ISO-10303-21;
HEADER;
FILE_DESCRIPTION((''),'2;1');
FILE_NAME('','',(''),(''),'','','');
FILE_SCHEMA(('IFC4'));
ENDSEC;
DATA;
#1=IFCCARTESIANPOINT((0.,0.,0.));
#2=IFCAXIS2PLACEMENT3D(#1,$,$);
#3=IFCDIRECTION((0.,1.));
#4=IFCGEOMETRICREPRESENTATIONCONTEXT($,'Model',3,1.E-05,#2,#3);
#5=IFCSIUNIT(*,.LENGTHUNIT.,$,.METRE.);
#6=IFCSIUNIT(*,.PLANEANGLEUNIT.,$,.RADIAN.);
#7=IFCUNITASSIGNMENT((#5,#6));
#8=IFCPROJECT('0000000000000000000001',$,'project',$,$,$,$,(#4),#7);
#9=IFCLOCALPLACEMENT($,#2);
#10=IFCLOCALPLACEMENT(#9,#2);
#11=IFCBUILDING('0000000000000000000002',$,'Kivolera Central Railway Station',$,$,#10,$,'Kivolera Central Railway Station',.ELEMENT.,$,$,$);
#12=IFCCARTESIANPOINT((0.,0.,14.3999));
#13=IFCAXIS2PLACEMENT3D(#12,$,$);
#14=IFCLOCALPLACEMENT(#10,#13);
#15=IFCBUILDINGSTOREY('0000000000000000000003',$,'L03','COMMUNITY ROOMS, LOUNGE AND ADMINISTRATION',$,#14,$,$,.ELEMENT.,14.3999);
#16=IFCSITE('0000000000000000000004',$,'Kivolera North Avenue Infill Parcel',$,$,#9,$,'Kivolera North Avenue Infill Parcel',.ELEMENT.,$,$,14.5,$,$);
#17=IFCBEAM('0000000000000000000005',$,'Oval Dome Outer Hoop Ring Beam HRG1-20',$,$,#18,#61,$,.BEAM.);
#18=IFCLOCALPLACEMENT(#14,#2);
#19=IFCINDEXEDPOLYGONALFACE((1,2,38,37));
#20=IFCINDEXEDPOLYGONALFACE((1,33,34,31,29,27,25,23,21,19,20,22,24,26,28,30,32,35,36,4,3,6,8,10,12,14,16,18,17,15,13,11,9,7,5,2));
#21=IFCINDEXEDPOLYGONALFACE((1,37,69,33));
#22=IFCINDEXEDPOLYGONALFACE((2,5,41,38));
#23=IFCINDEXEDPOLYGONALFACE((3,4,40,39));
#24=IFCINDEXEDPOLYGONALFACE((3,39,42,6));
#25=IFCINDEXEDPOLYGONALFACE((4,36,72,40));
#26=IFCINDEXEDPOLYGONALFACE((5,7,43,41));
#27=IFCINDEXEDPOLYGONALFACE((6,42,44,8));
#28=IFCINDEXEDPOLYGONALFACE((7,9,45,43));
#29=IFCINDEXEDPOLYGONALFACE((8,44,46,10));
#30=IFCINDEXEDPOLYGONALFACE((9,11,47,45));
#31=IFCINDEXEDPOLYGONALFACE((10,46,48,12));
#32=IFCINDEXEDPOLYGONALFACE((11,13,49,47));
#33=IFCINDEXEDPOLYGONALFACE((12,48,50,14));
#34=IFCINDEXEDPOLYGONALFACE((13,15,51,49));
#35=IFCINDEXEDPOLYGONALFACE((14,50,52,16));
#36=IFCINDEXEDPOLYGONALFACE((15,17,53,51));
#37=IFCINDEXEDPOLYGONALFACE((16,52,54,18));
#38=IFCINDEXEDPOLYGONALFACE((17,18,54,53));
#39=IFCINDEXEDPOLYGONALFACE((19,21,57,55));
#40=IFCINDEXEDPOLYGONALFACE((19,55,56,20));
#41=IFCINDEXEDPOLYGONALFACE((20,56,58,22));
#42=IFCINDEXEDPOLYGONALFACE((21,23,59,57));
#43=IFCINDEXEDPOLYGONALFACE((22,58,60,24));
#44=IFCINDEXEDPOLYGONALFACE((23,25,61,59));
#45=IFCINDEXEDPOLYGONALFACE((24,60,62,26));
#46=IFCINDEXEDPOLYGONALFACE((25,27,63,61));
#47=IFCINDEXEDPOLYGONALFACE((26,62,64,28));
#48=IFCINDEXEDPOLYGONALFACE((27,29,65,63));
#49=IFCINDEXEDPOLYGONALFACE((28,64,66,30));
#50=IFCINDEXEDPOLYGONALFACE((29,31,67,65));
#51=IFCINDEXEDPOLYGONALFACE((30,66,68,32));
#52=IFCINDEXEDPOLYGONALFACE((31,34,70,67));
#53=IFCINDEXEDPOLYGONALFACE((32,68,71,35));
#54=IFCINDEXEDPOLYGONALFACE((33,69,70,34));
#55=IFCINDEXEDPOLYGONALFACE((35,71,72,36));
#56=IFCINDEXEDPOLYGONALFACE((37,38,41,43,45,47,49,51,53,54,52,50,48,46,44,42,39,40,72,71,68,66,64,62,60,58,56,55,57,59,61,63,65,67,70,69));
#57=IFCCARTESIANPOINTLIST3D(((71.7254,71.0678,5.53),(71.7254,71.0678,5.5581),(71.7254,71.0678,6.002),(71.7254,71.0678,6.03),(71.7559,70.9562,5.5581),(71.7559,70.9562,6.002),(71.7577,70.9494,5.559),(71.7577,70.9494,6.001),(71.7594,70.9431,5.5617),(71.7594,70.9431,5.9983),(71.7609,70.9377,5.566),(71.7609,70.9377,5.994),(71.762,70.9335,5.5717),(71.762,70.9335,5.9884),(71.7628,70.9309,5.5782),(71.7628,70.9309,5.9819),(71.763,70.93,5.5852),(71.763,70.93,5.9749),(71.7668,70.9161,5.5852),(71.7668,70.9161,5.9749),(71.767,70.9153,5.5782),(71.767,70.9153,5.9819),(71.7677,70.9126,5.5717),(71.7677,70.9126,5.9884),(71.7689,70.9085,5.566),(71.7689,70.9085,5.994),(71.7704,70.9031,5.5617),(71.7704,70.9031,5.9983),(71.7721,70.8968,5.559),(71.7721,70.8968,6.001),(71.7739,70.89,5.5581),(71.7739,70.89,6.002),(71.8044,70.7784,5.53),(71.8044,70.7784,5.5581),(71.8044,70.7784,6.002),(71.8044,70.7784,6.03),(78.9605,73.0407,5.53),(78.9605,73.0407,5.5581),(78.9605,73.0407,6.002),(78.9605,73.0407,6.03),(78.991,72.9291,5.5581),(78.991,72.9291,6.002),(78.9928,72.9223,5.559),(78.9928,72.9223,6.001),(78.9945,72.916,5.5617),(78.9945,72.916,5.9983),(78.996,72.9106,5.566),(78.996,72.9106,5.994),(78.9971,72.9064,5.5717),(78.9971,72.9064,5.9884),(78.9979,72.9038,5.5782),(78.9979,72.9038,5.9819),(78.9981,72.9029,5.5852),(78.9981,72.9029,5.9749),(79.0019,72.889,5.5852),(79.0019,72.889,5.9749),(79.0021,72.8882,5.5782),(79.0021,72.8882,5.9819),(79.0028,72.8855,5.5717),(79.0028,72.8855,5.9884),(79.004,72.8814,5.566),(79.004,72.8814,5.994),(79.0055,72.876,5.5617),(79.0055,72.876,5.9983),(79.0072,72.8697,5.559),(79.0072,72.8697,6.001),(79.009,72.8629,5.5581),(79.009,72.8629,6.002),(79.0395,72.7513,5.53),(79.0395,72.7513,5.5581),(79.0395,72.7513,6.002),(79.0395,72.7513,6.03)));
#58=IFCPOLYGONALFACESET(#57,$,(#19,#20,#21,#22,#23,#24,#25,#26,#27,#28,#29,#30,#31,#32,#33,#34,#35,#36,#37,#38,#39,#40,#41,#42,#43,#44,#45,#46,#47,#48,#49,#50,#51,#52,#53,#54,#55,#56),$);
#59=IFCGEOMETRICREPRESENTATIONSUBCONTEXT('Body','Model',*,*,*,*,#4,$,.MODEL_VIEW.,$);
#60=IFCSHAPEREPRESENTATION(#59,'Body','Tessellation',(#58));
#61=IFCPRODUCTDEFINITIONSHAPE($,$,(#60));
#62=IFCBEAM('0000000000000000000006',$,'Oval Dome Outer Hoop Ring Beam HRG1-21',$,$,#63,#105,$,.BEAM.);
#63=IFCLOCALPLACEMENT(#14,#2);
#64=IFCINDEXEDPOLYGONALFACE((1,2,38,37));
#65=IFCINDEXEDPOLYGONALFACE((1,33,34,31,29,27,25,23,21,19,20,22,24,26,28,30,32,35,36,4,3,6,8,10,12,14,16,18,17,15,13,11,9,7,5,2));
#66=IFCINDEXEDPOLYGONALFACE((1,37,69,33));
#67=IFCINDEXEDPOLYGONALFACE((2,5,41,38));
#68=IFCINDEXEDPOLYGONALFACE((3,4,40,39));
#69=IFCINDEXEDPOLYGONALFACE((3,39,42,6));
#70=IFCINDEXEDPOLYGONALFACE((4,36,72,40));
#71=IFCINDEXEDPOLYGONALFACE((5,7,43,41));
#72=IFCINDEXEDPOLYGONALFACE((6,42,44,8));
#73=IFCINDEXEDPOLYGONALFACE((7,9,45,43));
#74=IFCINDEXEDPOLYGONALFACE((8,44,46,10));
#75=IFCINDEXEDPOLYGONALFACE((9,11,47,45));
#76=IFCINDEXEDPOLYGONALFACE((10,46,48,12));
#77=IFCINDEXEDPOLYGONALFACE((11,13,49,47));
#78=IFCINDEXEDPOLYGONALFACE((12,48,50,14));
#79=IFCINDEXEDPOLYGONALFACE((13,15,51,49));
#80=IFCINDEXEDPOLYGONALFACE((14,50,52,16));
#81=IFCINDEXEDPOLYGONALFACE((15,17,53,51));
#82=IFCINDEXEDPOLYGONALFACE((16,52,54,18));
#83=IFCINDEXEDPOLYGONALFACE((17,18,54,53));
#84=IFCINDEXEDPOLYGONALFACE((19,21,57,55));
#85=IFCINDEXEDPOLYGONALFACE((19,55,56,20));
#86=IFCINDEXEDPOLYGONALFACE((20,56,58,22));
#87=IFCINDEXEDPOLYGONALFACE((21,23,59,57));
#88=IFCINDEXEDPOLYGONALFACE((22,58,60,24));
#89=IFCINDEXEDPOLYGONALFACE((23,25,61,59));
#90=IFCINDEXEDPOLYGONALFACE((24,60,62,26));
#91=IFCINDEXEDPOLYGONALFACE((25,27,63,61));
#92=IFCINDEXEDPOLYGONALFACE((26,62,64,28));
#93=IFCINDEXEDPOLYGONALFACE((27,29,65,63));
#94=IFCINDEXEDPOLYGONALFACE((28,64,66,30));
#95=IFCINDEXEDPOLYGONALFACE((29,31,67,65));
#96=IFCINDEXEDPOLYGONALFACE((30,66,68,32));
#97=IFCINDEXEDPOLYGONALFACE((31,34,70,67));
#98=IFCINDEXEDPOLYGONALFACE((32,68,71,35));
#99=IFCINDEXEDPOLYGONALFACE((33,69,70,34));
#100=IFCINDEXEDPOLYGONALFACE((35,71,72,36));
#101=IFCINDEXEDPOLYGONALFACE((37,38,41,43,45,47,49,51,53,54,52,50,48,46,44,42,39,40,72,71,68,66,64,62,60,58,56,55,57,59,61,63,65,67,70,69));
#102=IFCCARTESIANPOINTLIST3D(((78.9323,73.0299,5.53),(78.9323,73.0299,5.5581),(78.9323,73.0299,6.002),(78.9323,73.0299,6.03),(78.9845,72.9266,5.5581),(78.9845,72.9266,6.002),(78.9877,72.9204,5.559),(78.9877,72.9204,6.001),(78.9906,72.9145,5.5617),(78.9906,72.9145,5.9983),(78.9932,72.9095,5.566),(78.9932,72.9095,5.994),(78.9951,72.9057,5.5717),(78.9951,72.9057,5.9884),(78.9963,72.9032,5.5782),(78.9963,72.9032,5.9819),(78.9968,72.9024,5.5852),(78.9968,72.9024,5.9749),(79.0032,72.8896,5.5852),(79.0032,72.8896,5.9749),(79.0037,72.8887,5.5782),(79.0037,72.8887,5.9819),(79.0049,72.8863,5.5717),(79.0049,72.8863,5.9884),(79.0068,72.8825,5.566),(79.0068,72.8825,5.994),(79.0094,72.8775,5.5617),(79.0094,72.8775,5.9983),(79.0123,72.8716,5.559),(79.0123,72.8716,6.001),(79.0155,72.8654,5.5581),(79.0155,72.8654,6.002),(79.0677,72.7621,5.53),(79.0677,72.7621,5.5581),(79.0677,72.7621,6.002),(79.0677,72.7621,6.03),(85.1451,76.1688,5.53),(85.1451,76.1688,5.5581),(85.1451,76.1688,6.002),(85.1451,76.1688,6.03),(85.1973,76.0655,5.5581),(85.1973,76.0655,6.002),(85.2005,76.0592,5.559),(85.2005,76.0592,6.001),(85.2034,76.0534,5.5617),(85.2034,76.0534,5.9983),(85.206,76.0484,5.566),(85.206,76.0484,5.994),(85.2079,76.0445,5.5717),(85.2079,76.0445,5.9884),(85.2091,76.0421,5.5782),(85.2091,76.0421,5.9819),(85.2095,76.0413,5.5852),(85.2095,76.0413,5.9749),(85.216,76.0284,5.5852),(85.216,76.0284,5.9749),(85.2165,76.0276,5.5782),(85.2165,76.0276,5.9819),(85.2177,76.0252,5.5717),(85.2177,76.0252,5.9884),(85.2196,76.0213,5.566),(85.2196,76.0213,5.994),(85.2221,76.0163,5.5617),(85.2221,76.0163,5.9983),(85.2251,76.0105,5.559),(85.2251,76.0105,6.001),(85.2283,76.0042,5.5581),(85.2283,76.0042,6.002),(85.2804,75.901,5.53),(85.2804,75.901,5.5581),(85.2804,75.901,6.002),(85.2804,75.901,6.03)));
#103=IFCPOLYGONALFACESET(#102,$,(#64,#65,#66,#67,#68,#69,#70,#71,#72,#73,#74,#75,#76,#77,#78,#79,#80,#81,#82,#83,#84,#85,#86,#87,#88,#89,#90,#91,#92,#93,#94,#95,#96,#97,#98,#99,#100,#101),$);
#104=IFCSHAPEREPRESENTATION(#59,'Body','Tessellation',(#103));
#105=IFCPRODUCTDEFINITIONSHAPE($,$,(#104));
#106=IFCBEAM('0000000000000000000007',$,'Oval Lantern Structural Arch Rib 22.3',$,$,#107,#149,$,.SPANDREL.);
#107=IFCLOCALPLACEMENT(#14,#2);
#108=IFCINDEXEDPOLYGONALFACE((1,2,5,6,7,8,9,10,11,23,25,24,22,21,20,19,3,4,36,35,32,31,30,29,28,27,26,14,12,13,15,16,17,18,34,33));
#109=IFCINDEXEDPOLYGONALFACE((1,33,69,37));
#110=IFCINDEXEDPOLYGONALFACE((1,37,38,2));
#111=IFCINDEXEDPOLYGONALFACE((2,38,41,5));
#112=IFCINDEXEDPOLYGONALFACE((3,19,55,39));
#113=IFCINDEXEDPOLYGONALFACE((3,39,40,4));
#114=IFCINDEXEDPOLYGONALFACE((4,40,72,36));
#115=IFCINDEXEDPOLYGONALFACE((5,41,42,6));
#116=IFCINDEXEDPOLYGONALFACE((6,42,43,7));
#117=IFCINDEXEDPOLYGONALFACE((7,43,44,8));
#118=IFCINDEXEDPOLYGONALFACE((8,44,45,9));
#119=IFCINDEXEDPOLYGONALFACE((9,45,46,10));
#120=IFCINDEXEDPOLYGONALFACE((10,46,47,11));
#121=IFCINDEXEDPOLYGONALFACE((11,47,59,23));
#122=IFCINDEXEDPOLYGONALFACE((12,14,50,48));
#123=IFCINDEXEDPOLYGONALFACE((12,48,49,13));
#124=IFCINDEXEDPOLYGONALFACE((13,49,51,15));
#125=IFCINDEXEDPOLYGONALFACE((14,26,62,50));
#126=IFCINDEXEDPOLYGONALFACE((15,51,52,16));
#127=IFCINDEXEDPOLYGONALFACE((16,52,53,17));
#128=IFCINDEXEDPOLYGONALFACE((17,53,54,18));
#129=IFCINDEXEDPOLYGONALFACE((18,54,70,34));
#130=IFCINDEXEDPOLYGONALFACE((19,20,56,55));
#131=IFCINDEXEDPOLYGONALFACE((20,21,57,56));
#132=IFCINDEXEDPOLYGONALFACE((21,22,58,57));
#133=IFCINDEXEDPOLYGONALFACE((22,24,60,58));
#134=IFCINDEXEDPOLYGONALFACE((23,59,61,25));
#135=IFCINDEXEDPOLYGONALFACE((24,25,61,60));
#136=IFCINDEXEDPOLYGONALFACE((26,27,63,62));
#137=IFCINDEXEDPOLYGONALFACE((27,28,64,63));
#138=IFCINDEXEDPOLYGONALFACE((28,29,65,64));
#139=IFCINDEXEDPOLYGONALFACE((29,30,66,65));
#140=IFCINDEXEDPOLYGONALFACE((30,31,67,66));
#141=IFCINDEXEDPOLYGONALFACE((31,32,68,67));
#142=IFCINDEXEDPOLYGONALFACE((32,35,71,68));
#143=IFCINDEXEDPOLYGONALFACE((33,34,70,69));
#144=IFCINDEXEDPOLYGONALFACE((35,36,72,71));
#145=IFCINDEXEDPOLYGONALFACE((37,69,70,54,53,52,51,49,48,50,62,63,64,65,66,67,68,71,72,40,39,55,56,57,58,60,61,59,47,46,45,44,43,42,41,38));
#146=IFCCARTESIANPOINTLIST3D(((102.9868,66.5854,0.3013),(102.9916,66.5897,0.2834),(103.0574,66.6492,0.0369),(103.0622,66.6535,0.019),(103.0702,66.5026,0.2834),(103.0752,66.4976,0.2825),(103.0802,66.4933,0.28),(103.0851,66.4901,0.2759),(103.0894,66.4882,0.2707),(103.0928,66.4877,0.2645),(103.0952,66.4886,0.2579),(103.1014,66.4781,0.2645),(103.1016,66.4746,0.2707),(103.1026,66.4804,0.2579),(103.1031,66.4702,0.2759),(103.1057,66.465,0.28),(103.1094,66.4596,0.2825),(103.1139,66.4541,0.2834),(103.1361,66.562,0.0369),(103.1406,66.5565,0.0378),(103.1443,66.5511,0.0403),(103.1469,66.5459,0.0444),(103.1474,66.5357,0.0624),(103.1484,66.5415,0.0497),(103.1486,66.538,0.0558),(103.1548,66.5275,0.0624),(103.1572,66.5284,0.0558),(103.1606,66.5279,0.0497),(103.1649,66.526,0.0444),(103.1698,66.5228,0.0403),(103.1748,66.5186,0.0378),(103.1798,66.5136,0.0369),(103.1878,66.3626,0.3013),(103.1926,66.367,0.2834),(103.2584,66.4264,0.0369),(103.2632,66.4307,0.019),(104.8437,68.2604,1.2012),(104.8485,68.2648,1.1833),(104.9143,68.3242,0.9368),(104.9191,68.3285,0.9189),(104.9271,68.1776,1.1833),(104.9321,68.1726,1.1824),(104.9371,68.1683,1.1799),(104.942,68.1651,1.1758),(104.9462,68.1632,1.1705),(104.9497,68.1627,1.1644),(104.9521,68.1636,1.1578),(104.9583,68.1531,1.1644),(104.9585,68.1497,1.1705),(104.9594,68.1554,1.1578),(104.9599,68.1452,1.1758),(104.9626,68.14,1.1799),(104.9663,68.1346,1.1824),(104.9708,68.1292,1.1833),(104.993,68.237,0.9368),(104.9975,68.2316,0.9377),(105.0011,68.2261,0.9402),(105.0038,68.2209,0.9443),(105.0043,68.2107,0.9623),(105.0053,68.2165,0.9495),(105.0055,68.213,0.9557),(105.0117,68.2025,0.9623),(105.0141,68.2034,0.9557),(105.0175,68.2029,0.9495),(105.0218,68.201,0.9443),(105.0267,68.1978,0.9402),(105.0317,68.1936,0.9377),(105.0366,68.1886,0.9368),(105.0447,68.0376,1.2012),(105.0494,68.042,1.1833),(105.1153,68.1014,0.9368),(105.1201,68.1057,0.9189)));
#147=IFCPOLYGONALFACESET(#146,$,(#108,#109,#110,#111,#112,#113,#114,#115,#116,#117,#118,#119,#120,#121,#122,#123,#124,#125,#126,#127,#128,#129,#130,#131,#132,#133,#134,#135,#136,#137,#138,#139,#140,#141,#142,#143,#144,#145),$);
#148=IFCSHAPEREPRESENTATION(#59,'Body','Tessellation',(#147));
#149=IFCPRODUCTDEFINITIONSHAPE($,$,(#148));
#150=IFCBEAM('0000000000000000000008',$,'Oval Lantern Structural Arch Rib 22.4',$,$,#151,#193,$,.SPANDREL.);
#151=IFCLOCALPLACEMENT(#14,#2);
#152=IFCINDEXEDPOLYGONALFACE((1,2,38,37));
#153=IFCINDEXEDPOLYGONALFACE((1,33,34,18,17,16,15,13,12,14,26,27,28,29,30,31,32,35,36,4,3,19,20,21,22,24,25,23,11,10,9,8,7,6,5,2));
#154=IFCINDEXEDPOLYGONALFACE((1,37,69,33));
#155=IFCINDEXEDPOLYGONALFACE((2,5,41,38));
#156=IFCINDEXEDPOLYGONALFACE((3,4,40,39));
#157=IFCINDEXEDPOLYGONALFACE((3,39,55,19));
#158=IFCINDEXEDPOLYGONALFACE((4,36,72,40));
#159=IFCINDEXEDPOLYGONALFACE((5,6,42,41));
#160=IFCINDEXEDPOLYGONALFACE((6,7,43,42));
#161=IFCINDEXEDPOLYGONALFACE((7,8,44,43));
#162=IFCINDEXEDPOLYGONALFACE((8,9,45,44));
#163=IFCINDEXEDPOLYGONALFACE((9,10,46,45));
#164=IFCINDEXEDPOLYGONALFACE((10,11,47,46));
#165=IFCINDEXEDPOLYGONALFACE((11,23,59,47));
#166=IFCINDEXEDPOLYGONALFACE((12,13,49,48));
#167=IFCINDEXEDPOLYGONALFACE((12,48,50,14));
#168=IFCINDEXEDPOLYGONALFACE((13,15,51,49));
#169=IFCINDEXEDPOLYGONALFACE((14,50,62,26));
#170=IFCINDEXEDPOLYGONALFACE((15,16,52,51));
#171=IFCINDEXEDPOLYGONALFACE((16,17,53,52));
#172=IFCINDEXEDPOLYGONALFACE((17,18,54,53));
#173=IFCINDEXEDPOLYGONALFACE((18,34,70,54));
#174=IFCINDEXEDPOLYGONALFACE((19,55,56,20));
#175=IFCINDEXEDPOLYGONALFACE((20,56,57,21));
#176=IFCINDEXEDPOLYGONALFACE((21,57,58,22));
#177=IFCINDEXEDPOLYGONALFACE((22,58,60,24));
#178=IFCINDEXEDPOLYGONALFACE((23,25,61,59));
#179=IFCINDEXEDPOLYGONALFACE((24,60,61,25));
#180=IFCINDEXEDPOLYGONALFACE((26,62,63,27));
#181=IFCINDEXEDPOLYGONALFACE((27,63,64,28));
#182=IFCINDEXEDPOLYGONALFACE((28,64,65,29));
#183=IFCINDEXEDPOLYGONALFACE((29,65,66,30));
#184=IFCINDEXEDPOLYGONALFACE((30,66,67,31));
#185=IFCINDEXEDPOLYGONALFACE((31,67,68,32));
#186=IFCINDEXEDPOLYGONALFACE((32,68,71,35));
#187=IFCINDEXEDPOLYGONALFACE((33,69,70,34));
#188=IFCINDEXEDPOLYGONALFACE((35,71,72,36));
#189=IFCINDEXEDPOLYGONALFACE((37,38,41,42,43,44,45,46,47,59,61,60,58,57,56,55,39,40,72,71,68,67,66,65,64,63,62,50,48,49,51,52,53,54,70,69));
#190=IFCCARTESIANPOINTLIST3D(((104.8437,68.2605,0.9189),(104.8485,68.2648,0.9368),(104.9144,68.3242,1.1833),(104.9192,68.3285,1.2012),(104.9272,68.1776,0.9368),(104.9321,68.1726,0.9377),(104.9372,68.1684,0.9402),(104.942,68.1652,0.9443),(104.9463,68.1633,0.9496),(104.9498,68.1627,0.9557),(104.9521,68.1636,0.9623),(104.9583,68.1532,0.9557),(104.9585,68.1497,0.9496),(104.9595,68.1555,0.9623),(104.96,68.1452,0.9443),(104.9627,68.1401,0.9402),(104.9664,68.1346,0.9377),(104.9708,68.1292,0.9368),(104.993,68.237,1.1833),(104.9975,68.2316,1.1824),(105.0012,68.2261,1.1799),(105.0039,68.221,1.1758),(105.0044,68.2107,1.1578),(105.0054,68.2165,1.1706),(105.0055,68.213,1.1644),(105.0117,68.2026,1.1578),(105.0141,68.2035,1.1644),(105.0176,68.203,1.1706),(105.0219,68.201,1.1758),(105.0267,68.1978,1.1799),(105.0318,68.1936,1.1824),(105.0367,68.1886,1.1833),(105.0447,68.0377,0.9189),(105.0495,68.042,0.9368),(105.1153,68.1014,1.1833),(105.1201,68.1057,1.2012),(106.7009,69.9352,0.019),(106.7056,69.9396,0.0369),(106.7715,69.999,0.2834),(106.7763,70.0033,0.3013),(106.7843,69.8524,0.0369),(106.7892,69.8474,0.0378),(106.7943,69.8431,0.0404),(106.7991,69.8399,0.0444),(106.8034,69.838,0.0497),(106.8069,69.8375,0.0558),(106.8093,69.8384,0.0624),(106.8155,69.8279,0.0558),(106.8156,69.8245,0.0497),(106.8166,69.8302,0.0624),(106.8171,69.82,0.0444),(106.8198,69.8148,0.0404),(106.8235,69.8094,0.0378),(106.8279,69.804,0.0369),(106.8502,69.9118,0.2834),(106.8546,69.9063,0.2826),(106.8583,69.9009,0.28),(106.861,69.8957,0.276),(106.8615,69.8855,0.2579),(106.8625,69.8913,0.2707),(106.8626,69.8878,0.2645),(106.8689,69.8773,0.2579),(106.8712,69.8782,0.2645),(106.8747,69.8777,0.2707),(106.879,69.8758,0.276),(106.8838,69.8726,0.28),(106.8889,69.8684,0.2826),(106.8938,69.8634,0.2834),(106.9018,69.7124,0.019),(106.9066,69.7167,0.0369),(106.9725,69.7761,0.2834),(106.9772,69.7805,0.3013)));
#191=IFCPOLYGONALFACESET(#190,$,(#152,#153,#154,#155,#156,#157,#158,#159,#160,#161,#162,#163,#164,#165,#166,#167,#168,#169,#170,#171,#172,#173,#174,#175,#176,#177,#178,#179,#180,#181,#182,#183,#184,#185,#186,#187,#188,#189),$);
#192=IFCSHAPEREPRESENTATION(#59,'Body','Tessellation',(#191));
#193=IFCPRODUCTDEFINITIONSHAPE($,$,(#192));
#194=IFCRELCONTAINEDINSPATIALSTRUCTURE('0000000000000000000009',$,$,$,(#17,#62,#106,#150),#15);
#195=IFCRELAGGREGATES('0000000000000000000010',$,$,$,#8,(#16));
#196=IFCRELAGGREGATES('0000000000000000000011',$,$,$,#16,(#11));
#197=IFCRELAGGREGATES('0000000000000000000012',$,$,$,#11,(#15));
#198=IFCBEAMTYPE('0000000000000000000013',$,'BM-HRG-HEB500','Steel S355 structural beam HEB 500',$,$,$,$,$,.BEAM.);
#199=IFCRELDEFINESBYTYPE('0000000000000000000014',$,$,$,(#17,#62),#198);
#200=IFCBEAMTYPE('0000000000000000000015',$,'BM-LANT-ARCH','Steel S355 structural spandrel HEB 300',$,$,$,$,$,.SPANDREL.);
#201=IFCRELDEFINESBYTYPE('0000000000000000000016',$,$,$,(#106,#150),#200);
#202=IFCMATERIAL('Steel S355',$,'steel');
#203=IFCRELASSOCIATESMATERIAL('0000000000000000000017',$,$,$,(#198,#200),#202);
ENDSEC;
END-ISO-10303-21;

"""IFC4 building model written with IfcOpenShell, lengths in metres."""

from ifc_helpers import new_model, si_unit, direction, frame, origin, origin_2d, place, context, subcontext, project, spatial, i_section, extrude, material, material_profile, profile_set, type_object, element, save


model = new_model("IFC4")

# Units and contexts
model_context = context("Model", 3, precision=1e-05, world=origin(), true_north=direction((0.0, 1.0)))
body_context = subcontext(model_context, "Body", "Model", "MODEL_VIEW")
ifc_project = project(units=[si_unit("LENGTHUNIT", "METRE"), si_unit("PLANEANGLEUNIT", "RADIAN")], contexts=[model_context])

# Site, building, storey
site_placement = place(None, origin())
site = spatial("IfcSite", under=ifc_project, at=site_placement, Name="Kivolera North Avenue Infill Parcel", LongName="Kivolera North Avenue Infill Parcel", CompositionType="ELEMENT", RefElevation=14.5)
building_placement = place(site_placement, origin())
building = spatial("IfcBuilding", under=site, at=building_placement, Name="Kivolera Central Railway Station", LongName="Kivolera Central Railway Station", CompositionType="ELEMENT")
storey_placement = place(building_placement, frame((0.0, 0.0, 14.3999)))
storey = spatial("IfcBuildingStorey", under=building, at=storey_placement, Name="L03", Description="COMMUNITY ROOMS, LOUNGE AND ADMINISTRATION", CompositionType="ELEMENT", Elevation=14.3999)

# Beams
ifc_material_1 = material(Name="Steel S355", Category="steel")
ifc_material_profile_1 = material_profile(ifc_material_1, i_section(OverallWidth=0.3, OverallDepth=0.5, WebThickness=0.0144, FlangeThickness=0.0281, FilletRadius=0.0271, at=origin_2d()), Name="HEB 500")
ifc_profile_set_1 = profile_set([ifc_material_profile_1], Name="Steel S355")
beam_type_1 = type_object("IfcBeamType", Name="BM-HRG-HEB500", Description="Steel S355 structural beam HEB 500", PredefinedType="BEAM", material=ifc_profile_set_1)
beam_1_placement = place(storey_placement, frame((71.7649, 70.9231, 5.78), z_axis=(0.964774, 0.263079, 0.0), x_axis=(-0.263079, 0.964774, 0.0)))
element("IfcBeam", 1, at=beam_1_placement, inside=storey, type_object=beam_type_1, Name="Oval Dome Outer Hoop Ring Beam HRG1-20", PredefinedType="BEAM", context=body_context, shape_type="SweptSolid", body=[
    extrude(i_section(OverallWidth=0.3, OverallDepth=0.5, WebThickness=0.0144, FlangeThickness=0.0281, FilletRadius=0.0271, at=origin_2d()), origin(), (0.0, 0.0, 1.0), 7.4993),
])
beam_2_placement = place(storey_placement, frame((79.0, 72.896, 5.78), z_axis=(0.892553, 0.450942, 0.0), x_axis=(-0.450942, 0.892553, 0.0)))
element("IfcBeam", 2, at=beam_2_placement, inside=storey, type_object=beam_type_1, Name="Oval Dome Outer Hoop Ring Beam HRG1-21", PredefinedType="BEAM", context=body_context, shape_type="SweptSolid", body=[
    extrude(i_section(OverallWidth=0.3, OverallDepth=0.5, WebThickness=0.0144, FlangeThickness=0.0281, FilletRadius=0.0271, at=origin_2d()), origin(), (0.0, 0.0, 1.0), 6.9607),
])
ifc_material_profile_2 = material_profile(ifc_material_1, i_section(OverallWidth=0.3, OverallDepth=0.3, WebThickness=0.011, FlangeThickness=0.019, FilletRadius=0.0271, at=origin_2d()), Name="HEB 300")
ifc_profile_set_2 = profile_set([ifc_material_profile_2], Name="Steel S355")
beam_type_2 = type_object("IfcBeamType", Name="BM-LANT-ARCH", Description="Steel S355 structural spandrel HEB 300", PredefinedType="SPANDREL", material=ifc_profile_set_2)
for number, where, z_axis, x_axis, name in (
    (3, (103.125, 66.5081, 0.1602), (0.698677, 0.630243, 0.338591), (-0.669806, 0.742536, 0.0), "Oval Lantern Structural Arch Rib 22.3"),
    (4, (104.9819, 68.1831, 1.0601), (0.698765, 0.630147, -0.338589), (-0.669703, 0.742629, 0.0), "Oval Lantern Structural Arch Rib 22.4"),
):
    element("IfcBeam", number, at=place(storey_placement, frame(where, z_axis=z_axis, x_axis=x_axis)), inside=storey, type_object=beam_type_2, Name=name, PredefinedType="SPANDREL", context=body_context, shape_type="SweptSolid", body=[
        extrude(i_section(OverallWidth=0.3, OverallDepth=0.3, WebThickness=0.011, FlangeThickness=0.019, FilletRadius=0.0271, at=origin_2d()), origin(), (0.0, 0.0, 1.0), 2.6577),
    ])

save(model, "model.ifc")
